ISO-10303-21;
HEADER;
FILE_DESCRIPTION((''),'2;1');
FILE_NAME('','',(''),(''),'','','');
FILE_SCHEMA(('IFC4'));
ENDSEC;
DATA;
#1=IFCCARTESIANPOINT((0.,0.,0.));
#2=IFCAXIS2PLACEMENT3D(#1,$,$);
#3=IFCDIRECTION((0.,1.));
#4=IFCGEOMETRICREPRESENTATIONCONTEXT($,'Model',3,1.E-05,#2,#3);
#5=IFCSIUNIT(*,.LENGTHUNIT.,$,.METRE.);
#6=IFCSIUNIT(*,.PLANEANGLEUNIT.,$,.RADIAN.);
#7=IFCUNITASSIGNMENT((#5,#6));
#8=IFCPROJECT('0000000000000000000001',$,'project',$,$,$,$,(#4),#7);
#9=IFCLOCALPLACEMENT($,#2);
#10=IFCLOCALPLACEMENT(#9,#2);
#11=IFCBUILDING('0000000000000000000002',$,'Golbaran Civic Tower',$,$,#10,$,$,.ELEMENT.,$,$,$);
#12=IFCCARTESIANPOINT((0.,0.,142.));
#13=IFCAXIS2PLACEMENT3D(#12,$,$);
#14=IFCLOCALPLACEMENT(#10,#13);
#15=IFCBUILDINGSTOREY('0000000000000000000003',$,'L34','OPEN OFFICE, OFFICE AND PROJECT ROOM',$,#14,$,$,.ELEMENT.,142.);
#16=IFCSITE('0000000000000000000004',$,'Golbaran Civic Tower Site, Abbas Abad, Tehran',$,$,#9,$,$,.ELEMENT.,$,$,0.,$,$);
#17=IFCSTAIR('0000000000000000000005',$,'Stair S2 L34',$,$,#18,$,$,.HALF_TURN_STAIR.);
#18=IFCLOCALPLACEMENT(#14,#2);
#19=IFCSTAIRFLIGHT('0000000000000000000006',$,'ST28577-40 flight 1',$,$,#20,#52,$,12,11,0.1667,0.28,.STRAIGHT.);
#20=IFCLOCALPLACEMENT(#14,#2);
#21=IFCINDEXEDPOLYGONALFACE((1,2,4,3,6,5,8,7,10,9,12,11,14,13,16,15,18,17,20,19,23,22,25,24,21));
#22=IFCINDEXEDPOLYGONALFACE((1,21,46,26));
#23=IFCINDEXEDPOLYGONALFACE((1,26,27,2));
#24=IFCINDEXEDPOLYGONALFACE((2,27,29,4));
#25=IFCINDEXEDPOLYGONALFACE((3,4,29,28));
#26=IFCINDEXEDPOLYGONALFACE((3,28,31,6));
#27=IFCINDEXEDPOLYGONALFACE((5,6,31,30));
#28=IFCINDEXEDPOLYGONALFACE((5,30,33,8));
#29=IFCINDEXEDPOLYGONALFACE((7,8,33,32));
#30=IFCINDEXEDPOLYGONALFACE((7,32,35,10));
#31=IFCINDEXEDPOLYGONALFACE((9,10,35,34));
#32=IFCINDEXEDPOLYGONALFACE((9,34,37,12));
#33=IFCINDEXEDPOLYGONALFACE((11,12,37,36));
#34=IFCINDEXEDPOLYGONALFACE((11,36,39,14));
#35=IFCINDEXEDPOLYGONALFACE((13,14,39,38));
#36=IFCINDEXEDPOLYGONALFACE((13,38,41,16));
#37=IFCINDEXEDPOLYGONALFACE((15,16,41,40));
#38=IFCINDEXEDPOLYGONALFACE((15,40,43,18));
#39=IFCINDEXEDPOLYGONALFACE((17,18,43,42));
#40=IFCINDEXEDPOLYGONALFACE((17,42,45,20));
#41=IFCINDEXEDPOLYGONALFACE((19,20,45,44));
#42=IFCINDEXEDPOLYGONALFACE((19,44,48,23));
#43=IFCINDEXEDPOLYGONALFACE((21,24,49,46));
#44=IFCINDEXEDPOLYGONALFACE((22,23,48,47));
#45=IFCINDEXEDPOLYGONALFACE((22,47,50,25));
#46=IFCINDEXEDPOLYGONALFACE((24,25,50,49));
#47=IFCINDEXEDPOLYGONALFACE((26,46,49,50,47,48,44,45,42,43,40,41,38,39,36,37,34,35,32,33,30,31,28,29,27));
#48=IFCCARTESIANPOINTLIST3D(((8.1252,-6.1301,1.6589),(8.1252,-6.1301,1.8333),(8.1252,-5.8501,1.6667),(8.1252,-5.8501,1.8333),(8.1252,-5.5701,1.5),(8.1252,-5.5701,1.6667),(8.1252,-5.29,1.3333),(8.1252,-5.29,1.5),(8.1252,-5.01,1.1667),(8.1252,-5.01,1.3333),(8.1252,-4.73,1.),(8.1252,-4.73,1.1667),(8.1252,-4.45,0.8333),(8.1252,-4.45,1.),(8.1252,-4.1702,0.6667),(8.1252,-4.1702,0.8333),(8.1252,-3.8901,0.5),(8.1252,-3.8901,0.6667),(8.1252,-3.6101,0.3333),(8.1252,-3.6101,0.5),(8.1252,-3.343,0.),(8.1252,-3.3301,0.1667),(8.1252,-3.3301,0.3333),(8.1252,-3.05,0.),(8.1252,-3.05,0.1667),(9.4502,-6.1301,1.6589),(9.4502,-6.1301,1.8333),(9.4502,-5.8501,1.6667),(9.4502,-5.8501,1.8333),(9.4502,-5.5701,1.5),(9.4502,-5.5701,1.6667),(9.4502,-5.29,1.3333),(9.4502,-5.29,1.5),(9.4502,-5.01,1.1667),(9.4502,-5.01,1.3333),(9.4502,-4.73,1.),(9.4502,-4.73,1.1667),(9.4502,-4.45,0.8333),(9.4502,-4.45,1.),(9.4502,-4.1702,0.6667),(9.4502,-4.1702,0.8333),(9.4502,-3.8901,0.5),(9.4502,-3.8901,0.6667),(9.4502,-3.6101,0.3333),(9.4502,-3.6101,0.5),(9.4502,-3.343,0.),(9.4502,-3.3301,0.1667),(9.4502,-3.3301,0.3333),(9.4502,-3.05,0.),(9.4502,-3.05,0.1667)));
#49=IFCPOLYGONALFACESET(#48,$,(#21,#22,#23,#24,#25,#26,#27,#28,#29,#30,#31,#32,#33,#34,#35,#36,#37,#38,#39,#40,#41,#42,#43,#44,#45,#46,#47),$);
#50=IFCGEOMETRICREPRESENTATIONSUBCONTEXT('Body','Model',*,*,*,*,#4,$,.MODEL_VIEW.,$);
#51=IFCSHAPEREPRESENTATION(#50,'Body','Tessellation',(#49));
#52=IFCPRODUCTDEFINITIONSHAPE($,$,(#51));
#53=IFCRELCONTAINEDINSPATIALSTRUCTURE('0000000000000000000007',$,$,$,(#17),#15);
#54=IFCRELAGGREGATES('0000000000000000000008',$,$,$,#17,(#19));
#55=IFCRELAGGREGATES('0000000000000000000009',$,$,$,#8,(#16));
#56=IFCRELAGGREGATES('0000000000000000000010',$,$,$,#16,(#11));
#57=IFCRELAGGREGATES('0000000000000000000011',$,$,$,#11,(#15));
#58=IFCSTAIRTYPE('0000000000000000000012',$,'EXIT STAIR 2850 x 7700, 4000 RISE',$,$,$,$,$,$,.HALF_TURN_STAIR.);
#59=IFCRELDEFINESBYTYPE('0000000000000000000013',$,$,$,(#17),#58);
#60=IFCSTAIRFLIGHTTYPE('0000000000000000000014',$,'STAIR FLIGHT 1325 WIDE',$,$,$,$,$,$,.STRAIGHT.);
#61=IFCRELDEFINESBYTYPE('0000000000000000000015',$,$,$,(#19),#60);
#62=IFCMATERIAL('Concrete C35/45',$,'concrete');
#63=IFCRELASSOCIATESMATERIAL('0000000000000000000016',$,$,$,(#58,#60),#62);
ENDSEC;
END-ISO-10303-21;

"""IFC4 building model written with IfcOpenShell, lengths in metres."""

from ifc_helpers import new_model, si_unit, direction, frame, origin, place, context, subcontext, project, spatial, polyline, outline, extrude, material, type_object, element, aggregate, save


model = new_model("IFC4")

# Units and contexts
model_context = context("Model", 3, precision=1e-05, world=origin(), true_north=direction((0.0, 1.0)))
body_context = subcontext(model_context, "Body", "Model", "MODEL_VIEW")
ifc_project = project(units=[si_unit("LENGTHUNIT", "METRE"), si_unit("PLANEANGLEUNIT", "RADIAN")], contexts=[model_context])

# Site, building, storey
site_placement = place(None, origin())
site = spatial("IfcSite", under=ifc_project, at=site_placement, Name="Golbaran Civic Tower Site, Abbas Abad, Tehran", CompositionType="ELEMENT", RefElevation=0.0)
building_placement = place(site_placement, origin())
building = spatial("IfcBuilding", under=site, at=building_placement, Name="Golbaran Civic Tower", CompositionType="ELEMENT")
storey_placement = place(building_placement, frame((0.0, 0.0, 142.0)))
storey = spatial("IfcBuildingStorey", under=building, at=storey_placement, Name="L34", Description="OPEN OFFICE, OFFICE AND PROJECT ROOM", CompositionType="ELEMENT", Elevation=142.0)

# Stair, stair flight
ifc_material_1 = material(Name="Concrete C35/45", Category="concrete")
stair_type = type_object("IfcStairType", Name="EXIT STAIR 2850 x 7700, 4000 RISE", PredefinedType="HALF_TURN_STAIR", material=ifc_material_1)
stair_placement = place(storey_placement, origin())
stair = element("IfcStair", 1, at=stair_placement, inside=storey, type_object=stair_type, Name="Stair S2 L34", PredefinedType="HALF_TURN_STAIR")
stair_flight_type = type_object("IfcStairFlightType", Name="STAIR FLIGHT 1325 WIDE", PredefinedType="STRAIGHT", material=ifc_material_1)
stair_flight_placement = place(storey_placement, frame((8.7876, -3.05, 0.0), z_axis=(0.0, 0.0, 1.0), x_axis=(0.0, -1.0, 0.0)))
stair_flight = element("IfcStairFlight", 2, at=stair_flight_placement, type_object=stair_flight_type, Name="ST28577-40 flight 1", NumberOfRisers=12, NumberOfTreads=11, PredefinedType="STRAIGHT", RiserHeight=0.1667, TreadLength=0.28, context=body_context, shape_type="SweptSolid", body=[
    extrude(outline(polyline([(0.0, 0.0), (0.0, 0.1667), (0.28, 0.1667), (0.28, 0.3333), (0.5601, 0.3333), (0.5601, 0.5), (0.8401, 0.5), (0.8401, 0.6667), (1.1201, 0.6667), (1.1201, 0.8333), (1.3999, 0.8333), (1.3999, 1.0), (1.6799, 1.0), (1.6799, 1.1667), (1.96, 1.1667), (1.96, 1.3333), (2.24, 1.3333), (2.24, 1.5), (2.52, 1.5), (2.52, 1.6667), (2.8, 1.6667), (2.8, 1.8333), (3.0801, 1.8333), (3.0801, 2.0), (3.0801, 1.6589), (0.293, 0.0), (0.0, 0.0)])), frame((0.0, 0.6626, 0.0), z_axis=(0.0, -1.0, 0.0), x_axis=(1.0, 0.0, 0.0)), (0.0, 0.0, 1.0), 1.325),
])
aggregate(stair, [stair_flight])

save(model, "model.ifc")
